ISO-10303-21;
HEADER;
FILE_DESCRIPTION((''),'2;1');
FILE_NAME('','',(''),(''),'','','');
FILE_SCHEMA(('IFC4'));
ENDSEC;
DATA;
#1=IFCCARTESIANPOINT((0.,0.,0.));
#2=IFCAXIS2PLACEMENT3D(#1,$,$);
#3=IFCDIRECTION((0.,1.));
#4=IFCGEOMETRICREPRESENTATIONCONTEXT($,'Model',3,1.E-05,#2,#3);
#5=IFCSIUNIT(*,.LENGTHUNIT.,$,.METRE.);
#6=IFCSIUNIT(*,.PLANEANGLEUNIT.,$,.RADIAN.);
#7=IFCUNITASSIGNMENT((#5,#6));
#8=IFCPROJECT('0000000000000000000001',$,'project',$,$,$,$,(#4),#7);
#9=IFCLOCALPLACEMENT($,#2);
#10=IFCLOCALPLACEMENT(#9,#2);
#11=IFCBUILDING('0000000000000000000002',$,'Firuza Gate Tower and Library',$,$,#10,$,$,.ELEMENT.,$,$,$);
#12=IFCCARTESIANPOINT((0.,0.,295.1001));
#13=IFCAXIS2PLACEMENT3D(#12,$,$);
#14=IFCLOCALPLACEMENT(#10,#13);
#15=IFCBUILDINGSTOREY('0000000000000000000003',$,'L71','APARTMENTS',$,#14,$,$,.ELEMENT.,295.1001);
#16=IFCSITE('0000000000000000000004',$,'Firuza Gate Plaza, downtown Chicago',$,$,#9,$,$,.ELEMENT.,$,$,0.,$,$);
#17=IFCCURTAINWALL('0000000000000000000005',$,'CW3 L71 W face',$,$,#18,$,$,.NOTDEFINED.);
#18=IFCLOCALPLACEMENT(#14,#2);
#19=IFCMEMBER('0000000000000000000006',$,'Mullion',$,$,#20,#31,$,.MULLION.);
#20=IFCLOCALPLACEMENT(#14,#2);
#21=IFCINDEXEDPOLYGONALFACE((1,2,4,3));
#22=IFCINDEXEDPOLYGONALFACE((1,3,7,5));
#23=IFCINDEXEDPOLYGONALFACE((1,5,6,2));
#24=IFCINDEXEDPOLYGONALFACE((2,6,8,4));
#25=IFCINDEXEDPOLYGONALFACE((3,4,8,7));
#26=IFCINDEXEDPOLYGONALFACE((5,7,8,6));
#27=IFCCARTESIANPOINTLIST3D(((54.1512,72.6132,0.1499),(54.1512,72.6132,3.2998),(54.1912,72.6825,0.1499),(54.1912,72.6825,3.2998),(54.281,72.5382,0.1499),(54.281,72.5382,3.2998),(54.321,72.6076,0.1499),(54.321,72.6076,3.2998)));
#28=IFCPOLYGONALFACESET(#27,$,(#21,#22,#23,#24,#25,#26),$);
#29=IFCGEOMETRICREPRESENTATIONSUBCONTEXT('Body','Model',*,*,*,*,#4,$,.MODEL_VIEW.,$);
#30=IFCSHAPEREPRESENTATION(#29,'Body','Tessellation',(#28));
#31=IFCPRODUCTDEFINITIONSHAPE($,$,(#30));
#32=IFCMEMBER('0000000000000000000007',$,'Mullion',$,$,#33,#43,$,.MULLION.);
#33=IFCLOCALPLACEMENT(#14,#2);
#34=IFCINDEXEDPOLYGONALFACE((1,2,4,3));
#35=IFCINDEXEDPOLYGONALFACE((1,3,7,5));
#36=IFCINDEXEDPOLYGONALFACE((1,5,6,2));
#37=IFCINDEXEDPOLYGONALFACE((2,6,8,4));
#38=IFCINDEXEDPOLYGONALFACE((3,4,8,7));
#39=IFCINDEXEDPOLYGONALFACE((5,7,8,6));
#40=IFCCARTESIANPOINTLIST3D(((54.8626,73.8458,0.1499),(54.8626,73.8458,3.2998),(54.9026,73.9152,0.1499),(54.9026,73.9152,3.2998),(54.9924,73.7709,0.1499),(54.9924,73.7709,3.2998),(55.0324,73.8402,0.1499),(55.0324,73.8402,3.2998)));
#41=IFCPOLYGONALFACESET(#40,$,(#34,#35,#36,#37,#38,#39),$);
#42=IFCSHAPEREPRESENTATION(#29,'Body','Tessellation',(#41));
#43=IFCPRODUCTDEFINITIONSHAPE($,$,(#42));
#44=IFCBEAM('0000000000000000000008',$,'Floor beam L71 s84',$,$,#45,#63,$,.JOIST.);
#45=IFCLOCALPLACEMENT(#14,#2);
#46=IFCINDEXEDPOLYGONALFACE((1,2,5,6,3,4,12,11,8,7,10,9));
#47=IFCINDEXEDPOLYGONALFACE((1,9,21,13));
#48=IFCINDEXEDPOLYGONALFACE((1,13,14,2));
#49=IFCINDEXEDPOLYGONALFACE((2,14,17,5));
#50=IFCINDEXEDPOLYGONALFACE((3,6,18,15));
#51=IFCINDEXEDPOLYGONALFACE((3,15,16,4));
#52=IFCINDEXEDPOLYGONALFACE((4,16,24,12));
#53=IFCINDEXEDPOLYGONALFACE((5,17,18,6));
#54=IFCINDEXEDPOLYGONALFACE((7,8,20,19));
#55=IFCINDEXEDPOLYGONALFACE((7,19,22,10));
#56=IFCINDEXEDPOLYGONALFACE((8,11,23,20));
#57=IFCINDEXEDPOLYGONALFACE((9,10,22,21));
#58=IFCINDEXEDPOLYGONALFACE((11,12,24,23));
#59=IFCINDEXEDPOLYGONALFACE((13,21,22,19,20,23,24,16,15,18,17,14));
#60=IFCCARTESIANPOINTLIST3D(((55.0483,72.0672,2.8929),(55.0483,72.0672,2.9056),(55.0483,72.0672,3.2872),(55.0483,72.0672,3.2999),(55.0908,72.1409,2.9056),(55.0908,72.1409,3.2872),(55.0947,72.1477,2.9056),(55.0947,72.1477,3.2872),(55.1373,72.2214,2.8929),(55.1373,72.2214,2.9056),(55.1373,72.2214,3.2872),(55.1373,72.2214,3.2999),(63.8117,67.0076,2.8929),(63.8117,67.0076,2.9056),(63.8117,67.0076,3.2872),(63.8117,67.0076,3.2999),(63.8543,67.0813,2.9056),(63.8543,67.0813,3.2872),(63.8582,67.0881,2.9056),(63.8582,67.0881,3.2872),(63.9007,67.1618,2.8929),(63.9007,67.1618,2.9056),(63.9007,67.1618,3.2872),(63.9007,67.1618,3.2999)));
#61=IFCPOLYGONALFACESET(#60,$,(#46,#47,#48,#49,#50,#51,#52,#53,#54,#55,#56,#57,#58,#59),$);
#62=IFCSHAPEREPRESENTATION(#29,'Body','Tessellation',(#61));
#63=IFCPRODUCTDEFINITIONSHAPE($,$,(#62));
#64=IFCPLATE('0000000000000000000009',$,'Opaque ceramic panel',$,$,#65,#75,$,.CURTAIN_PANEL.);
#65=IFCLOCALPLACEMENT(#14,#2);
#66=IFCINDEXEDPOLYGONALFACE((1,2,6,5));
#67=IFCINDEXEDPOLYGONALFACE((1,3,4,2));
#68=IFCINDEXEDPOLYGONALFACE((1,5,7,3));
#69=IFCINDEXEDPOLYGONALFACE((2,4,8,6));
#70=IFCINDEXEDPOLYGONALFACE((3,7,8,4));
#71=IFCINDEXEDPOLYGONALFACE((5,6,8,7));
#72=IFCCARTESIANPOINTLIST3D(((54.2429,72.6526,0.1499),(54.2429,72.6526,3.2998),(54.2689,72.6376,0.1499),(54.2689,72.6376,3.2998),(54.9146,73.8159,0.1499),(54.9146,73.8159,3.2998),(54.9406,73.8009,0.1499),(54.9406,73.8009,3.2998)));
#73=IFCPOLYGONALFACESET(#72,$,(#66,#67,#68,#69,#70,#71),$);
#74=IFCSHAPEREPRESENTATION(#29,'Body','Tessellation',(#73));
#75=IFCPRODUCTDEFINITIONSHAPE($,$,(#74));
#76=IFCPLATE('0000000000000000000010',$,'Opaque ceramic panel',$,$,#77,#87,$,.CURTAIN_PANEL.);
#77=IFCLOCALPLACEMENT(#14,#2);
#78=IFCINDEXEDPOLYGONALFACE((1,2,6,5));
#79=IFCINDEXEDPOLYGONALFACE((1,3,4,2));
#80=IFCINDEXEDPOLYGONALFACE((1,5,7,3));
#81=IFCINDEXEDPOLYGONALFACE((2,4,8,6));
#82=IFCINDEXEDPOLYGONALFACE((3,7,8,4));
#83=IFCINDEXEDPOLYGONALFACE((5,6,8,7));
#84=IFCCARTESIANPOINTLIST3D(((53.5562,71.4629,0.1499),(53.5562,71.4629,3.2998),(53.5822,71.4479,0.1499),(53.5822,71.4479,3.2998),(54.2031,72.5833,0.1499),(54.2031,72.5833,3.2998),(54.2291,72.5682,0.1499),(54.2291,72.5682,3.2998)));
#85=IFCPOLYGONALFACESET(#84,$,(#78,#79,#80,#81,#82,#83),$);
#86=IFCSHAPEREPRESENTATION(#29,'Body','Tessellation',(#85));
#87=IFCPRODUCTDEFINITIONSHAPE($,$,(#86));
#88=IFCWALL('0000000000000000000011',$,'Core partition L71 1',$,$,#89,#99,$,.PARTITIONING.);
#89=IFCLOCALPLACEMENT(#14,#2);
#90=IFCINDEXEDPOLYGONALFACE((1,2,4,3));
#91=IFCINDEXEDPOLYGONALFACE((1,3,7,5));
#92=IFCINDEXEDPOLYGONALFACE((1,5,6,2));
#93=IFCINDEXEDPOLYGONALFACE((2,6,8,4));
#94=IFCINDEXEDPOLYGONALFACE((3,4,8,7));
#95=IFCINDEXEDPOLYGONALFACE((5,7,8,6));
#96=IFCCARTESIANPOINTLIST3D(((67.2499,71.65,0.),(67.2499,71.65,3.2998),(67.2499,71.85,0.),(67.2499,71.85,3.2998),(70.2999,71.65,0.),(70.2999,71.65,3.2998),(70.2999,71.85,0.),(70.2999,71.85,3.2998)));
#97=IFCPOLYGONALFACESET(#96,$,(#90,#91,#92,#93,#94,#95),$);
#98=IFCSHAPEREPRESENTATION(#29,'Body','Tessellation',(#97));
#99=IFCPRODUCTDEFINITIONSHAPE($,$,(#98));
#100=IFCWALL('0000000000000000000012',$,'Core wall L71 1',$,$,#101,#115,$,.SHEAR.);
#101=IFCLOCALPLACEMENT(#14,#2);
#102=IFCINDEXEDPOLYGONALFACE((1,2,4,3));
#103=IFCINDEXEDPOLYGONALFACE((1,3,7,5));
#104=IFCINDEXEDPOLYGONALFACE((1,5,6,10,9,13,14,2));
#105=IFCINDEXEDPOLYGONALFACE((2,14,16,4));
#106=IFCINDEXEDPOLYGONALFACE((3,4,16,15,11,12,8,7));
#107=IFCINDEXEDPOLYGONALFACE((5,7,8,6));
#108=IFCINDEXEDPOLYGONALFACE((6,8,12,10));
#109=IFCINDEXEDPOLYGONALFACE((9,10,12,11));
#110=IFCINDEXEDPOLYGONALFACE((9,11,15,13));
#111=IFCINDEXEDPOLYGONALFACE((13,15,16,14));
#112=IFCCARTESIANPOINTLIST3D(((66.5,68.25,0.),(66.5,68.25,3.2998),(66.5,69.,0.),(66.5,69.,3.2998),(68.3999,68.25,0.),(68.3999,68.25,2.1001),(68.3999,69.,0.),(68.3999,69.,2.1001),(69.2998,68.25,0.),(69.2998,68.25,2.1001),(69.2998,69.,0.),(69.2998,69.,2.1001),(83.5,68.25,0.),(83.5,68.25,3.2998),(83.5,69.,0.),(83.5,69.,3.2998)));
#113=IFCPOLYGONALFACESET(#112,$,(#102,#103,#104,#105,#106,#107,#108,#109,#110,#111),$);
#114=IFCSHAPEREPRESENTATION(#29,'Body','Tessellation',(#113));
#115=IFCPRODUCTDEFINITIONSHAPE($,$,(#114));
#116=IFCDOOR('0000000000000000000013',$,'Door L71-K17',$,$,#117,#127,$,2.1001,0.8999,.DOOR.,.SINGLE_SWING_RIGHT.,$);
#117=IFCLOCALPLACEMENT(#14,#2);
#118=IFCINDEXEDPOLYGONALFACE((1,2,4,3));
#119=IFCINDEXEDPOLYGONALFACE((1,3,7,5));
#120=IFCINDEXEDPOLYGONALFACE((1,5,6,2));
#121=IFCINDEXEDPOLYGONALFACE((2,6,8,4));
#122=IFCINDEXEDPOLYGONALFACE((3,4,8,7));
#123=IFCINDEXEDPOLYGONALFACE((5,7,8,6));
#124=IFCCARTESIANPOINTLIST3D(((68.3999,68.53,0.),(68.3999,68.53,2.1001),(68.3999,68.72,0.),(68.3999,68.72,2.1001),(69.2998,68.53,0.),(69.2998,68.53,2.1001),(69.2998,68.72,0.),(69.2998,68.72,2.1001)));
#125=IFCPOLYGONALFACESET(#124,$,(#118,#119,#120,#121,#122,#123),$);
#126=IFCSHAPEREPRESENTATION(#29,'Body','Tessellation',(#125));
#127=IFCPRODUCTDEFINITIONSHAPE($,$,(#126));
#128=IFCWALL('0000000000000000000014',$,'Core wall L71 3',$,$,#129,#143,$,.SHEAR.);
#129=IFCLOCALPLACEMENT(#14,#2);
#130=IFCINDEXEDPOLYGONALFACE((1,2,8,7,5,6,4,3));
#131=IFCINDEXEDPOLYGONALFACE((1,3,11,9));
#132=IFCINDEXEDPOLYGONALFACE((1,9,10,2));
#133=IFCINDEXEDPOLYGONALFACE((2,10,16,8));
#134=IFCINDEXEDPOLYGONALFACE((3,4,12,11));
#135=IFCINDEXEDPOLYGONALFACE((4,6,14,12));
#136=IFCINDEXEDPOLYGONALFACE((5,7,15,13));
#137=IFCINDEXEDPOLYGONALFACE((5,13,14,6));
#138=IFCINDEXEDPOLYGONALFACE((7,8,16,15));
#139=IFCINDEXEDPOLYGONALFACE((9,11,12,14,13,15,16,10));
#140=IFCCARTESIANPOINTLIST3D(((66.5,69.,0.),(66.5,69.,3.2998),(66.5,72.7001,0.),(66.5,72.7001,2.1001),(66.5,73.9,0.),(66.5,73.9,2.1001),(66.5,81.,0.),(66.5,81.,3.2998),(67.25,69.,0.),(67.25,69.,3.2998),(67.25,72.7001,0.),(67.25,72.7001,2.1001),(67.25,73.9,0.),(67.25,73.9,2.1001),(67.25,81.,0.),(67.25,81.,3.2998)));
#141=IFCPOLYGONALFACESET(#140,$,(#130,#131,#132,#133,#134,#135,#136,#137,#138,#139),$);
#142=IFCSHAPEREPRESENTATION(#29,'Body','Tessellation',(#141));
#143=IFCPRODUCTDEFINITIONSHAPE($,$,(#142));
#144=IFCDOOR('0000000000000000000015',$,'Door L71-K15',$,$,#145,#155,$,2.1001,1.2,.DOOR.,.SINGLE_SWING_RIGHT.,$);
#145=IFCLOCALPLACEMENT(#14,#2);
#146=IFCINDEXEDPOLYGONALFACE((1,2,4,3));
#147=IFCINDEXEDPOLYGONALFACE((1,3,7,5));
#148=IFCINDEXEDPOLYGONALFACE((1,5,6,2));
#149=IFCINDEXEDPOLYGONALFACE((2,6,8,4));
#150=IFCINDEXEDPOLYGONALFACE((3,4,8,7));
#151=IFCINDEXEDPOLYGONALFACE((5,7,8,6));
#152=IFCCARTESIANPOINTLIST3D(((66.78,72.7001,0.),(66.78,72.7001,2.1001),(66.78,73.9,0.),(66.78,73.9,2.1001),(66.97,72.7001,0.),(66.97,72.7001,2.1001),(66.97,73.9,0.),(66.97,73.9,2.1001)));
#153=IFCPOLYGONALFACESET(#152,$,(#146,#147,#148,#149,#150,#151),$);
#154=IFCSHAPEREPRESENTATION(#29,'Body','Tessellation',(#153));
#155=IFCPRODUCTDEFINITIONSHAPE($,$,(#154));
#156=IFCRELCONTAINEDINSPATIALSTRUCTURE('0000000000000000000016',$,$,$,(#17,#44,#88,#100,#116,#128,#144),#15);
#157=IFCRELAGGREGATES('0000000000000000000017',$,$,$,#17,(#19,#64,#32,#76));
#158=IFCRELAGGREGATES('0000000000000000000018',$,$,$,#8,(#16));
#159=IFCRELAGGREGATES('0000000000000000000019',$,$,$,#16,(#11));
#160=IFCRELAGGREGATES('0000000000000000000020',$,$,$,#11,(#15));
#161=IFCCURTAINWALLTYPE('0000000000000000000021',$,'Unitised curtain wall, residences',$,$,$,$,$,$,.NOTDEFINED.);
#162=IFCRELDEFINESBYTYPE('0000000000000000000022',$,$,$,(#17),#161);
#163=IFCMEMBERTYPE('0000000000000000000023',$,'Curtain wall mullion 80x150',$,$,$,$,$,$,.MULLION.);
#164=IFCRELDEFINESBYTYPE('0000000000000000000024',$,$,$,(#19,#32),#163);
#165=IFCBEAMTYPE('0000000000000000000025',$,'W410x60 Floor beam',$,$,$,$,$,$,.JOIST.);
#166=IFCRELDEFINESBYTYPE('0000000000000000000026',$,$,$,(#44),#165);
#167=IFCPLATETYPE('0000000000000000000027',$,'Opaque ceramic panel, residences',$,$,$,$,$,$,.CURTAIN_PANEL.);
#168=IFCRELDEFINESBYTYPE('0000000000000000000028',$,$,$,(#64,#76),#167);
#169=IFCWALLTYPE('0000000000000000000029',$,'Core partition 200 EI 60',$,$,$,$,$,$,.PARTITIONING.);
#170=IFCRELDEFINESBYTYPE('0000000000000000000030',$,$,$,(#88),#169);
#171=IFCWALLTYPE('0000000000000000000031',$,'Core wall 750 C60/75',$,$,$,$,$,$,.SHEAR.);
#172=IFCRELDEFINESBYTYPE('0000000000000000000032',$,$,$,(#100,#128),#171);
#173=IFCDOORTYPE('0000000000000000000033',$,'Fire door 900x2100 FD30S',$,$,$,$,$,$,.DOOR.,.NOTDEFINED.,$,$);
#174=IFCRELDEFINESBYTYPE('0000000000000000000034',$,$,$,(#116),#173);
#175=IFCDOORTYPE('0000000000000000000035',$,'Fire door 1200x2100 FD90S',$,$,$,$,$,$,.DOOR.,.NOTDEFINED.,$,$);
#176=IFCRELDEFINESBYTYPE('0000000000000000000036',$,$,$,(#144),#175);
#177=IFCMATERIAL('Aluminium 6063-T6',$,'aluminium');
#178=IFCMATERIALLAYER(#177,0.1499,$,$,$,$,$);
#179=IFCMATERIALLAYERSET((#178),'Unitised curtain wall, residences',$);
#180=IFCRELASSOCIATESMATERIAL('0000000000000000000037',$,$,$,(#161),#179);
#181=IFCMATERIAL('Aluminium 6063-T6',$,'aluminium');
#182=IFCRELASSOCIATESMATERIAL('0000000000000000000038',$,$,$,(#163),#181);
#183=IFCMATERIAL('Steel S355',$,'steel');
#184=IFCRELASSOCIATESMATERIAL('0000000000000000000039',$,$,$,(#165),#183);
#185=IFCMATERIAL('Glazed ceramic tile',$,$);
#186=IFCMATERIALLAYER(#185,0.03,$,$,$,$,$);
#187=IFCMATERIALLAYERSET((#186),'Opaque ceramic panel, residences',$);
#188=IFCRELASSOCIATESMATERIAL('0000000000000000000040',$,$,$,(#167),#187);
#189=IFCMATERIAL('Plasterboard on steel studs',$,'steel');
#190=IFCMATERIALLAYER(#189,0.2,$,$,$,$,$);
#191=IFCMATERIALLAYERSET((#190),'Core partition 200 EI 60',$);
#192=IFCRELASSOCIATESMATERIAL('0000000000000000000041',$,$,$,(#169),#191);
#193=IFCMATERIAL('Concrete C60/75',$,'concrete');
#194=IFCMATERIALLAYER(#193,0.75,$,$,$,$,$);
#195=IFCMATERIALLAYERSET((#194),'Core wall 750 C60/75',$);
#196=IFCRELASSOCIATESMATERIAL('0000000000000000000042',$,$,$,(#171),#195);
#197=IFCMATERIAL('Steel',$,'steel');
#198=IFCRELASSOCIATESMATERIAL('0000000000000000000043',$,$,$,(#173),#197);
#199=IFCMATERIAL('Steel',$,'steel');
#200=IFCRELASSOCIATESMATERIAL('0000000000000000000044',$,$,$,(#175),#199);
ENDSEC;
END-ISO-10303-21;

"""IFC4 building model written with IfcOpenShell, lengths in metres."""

from ifc_helpers import new_model, si_unit, direction, frame, frame_2d, origin, origin_2d, place, context, subcontext, project, spatial, polyline, rectangle, i_section, outline, extrude, material, layer, layer_set, material_profile, profile_set, type_object, element, fill, aggregate, save


model = new_model("IFC4")

# Units and contexts
model_context = context("Model", 3, precision=1e-05, world=origin(), true_north=direction((0.0, 1.0)))
body_context = subcontext(model_context, "Body", "Model", "MODEL_VIEW")
ifc_project = project(units=[si_unit("LENGTHUNIT", "METRE"), si_unit("PLANEANGLEUNIT", "RADIAN")], contexts=[model_context])

# Site, building, storey
site_placement = place(None, origin())
site = spatial("IfcSite", under=ifc_project, at=site_placement, Name="Firuza Gate Plaza, downtown Chicago", CompositionType="ELEMENT", RefElevation=0.0)
building_placement = place(site_placement, origin())
building = spatial("IfcBuilding", under=site, at=building_placement, Name="Firuza Gate Tower and Library", CompositionType="ELEMENT")
storey_placement = place(building_placement, frame((0.0, 0.0, 295.1001)))
storey = spatial("IfcBuildingStorey", under=building, at=storey_placement, Name="L71", Description="APARTMENTS", CompositionType="ELEMENT", Elevation=295.1001)

# Curtain wall, members
ifc_material_1 = material(Name="Aluminium 6063-T6", Category="aluminium")
ifc_layer_1 = layer(ifc_material_1, 0.1499)
ifc_layer_set_1 = layer_set([ifc_layer_1], Name="Unitised curtain wall, residences")
curtain_wall_type = type_object("IfcCurtainWallType", Name="Unitised curtain wall, residences", PredefinedType="NOTDEFINED", material=ifc_layer_set_1)
curtain_wall_placement = place(storey_placement, origin())
curtain_wall = element("IfcCurtainWall", 1, at=curtain_wall_placement, inside=storey, type_object=curtain_wall_type, Name="CW3 L71 W face", PredefinedType="NOTDEFINED")
ifc_material_2 = material(Name="Aluminium 6063-T6", Category="aluminium")
ifc_material_profile_1 = material_profile(ifc_material_2, rectangle(XDim=0.1499, YDim=0.0801, at=origin_2d()))
ifc_profile_set_1 = profile_set([ifc_material_profile_1], Name="Aluminium 6063-T6")
member_type = type_object("IfcMemberType", Name="Curtain wall mullion 80x150", PredefinedType="MULLION", material=ifc_profile_set_1)
member_1_placement = place(storey_placement, frame((54.2361, 72.6104, 0.1499), z_axis=(0.0, 0.0, 1.0), x_axis=(0.866025, -0.5, 0.0)))
member_1 = element("IfcMember", 2, at=member_1_placement, type_object=member_type, Name="Mullion", PredefinedType="MULLION", context=body_context, shape_type="SweptSolid", body=[
    extrude(rectangle(XDim=0.1499, YDim=0.0801, at=origin_2d()), origin(), (0.0, 0.0, 1.0), 3.1499),
])
member_2_placement = place(storey_placement, frame((54.9475, 73.843, 0.1499), z_axis=(0.0, 0.0, 1.0), x_axis=(0.866025, -0.5, 0.0)))
member_2 = element("IfcMember", 3, at=member_2_placement, type_object=member_type, Name="Mullion", PredefinedType="MULLION", context=body_context, shape_type="SweptSolid", body=[
    extrude(rectangle(XDim=0.1499, YDim=0.0801, at=origin_2d()), origin(), (0.0, 0.0, 1.0), 3.1499),
])

# Beam
ifc_material_3 = material(Name="Steel S355", Category="steel")
ifc_material_profile_2 = material_profile(ifc_material_3, i_section(OverallWidth=0.178, OverallDepth=0.407, WebThickness=0.0078, FlangeThickness=0.0127, at=origin_2d()))
ifc_profile_set_2 = profile_set([ifc_material_profile_2], Name="Steel S355")
beam_type = type_object("IfcBeamType", Name="W410x60 Floor beam", PredefinedType="JOIST", material=ifc_profile_set_2)
beam_placement = place(storey_placement, frame((55.0928, 72.1443, 3.0964), z_axis=(0.866025, -0.5, 0.0), x_axis=(0.5, 0.866025, 0.0)))
element("IfcBeam", 4, at=beam_placement, inside=storey, type_object=beam_type, Name="Floor beam L71 s84", PredefinedType="JOIST", context=body_context, shape_type="SweptSolid", body=[
    extrude(i_section(OverallWidth=0.178, OverallDepth=0.407, WebThickness=0.0078, FlangeThickness=0.0127, at=origin_2d()), origin(), (0.0, 0.0, 1.0), 10.1191),
])

# Plates
ifc_material_4 = material(Name="Glazed ceramic tile")
ifc_layer_2 = layer(ifc_material_4, 0.03)
ifc_layer_set_2 = layer_set([ifc_layer_2], Name="Opaque ceramic panel, residences")
plate_type = type_object("IfcPlateType", Name="Opaque ceramic panel, residences", PredefinedType="CURTAIN_PANEL", material=ifc_layer_set_2)
plate_1_placement = place(storey_placement, frame((54.9146, 73.8159, 0.1499), z_axis=(-0.866031, 0.49999, 0.0), x_axis=(-0.49999, -0.866031, 0.0)))
plate_1 = element("IfcPlate", 5, at=plate_1_placement, type_object=plate_type, Name="Opaque ceramic panel", PredefinedType="CURTAIN_PANEL", context=body_context, shape_type="SweptSolid", body=[
    extrude(outline(polyline([(0.0, 0.0), (1.3433, 0.0), (1.3433, 3.1499), (0.0, 3.1499), (0.0, 0.0)])), origin(), (0.0, 0.0, -1.0), 0.03),
])
plate_2_placement = place(storey_placement, frame((54.2031, 72.5833, 0.1499), z_axis=(-0.865981, 0.500076, 0.0), x_axis=(-0.500076, -0.865981, 0.0)))
plate_2 = element("IfcPlate", 6, at=plate_2_placement, type_object=plate_type, Name="Opaque ceramic panel", PredefinedType="CURTAIN_PANEL", context=body_context, shape_type="SweptSolid", body=[
    extrude(outline(polyline([(0.0, 0.0), (1.2937, 0.0), (1.2937, 3.1499), (0.0, 3.1499), (0.0, 0.0)])), origin(), (0.0, 0.0, -1.0), 0.03),
])
aggregate(curtain_wall, [member_1, plate_1, member_2, plate_2])

# Wall
ifc_material_5 = material(Name="Plasterboard on steel studs", Category="steel")
ifc_layer_3 = layer(ifc_material_5, 0.2)
ifc_layer_set_3 = layer_set([ifc_layer_3], Name="Core partition 200 EI 60")
wall_type_1 = type_object("IfcWallType", Name="Core partition 200 EI 60", PredefinedType="PARTITIONING", material=ifc_layer_set_3)
wall_1_placement = place(storey_placement, frame((67.25, 71.75, 0.0), z_axis=(0.0, 0.0, 1.0), x_axis=(1.0, 0.0, 0.0)))
element("IfcWall", 7, at=wall_1_placement, inside=storey, type_object=wall_type_1, Name="Core partition L71 1", PredefinedType="PARTITIONING", context=body_context, shape_type="SweptSolid", body=[
    extrude(rectangle(XDim=3.05, YDim=0.2, at=frame_2d((1.5249, 0.0))), origin(), (0.0, 0.0, 1.0), 3.2998),
])

# Walls, openings, doors
ifc_material_6 = material(Name="Concrete C60/75", Category="concrete")
ifc_layer_4 = layer(ifc_material_6, 0.75)
ifc_layer_set_4 = layer_set([ifc_layer_4], Name="Core wall 750 C60/75")
wall_type_2 = type_object("IfcWallType", Name="Core wall 750 C60/75", PredefinedType="SHEAR", material=ifc_layer_set_4)
wall_2_placement = place(storey_placement, frame((66.5, 68.625, 0.0), z_axis=(0.0, 0.0, 1.0), x_axis=(1.0, 0.0, 0.0)))
wall_2 = element("IfcWall", 8, at=wall_2_placement, inside=storey, type_object=wall_type_2, Name="Core wall L71 1", PredefinedType="SHEAR", context=body_context, shape_type="SweptSolid", body=[
    extrude(rectangle(XDim=17.0, YDim=0.75, at=frame_2d((8.5, 0.0))), origin(), (0.0, 0.0, 1.0), 3.2998),
])
opening_1_placement = place(wall_2_placement, frame((1.8999, 0.0, 0.0)))
opening_1 = element("IfcOpeningElement", 9, at=opening_1_placement, cuts=wall_2, PredefinedType="OPENING", context=body_context, shape_type="SweptSolid", body=[
    extrude(rectangle(XDim=0.8999, YDim=2.1001, at=frame_2d((0.45, 1.05))), frame((0.0, 0.385, 0.0), z_axis=(0.0, -1.0, 0.0), x_axis=(1.0, 0.0, 0.0)), (0.0, 0.0, 1.0), 0.77),
])
ifc_material_7 = material(Name="Steel", Category="steel")
door_type_1 = type_object("IfcDoorType", Name="Fire door 900x2100 FD30S", OperationType="NOTDEFINED", PredefinedType="DOOR", material=ifc_material_7)
door_1_placement = place(opening_1_placement, origin())
door_1 = element("IfcDoor", 10, at=door_1_placement, inside=storey, type_object=door_type_1, Name="Door L71-K17", OperationType="SINGLE_SWING_RIGHT", OverallHeight=2.1001, OverallWidth=0.8999, PredefinedType="DOOR", context=body_context, shape_type="SweptSolid", body=[
    extrude(rectangle(XDim=0.8999, YDim=2.1001, at=frame_2d((0.45, 1.05))), frame((0.0, 0.095, 0.0), z_axis=(0.0, -1.0, 0.0), x_axis=(1.0, 0.0, 0.0)), (0.0, 0.0, 1.0), 0.1899),
])
fill(opening_1, door_1)
wall_3_placement = place(storey_placement, frame((66.875, 69.0, 0.0), z_axis=(0.0, 0.0, 1.0), x_axis=(0.0, 1.0, 0.0)))
wall_3 = element("IfcWall", 11, at=wall_3_placement, inside=storey, type_object=wall_type_2, Name="Core wall L71 3", PredefinedType="SHEAR", context=body_context, shape_type="SweptSolid", body=[
    extrude(rectangle(XDim=12.0, YDim=0.75, at=frame_2d((6.0, 0.0))), origin(), (0.0, 0.0, 1.0), 3.2998),
])
opening_2_placement = place(wall_3_placement, frame((3.7, 0.0, 0.0)))
opening_2 = element("IfcOpeningElement", 12, at=opening_2_placement, cuts=wall_3, PredefinedType="OPENING", context=body_context, shape_type="SweptSolid", body=[
    extrude(rectangle(XDim=1.2, YDim=2.1001, at=frame_2d((0.6001, 1.05))), frame((0.0, 0.385, 0.0), z_axis=(0.0, -1.0, 0.0), x_axis=(1.0, 0.0, 0.0)), (0.0, 0.0, 1.0), 0.77),
])
ifc_material_8 = material(Name="Steel", Category="steel")
door_type_2 = type_object("IfcDoorType", Name="Fire door 1200x2100 FD90S", OperationType="NOTDEFINED", PredefinedType="DOOR", material=ifc_material_8)
door_2_placement = place(opening_2_placement, origin())
door_2 = element("IfcDoor", 13, at=door_2_placement, inside=storey, type_object=door_type_2, Name="Door L71-K15", OperationType="SINGLE_SWING_RIGHT", OverallHeight=2.1001, OverallWidth=1.2, PredefinedType="DOOR", context=body_context, shape_type="SweptSolid", body=[
    extrude(rectangle(XDim=1.2, YDim=2.1001, at=frame_2d((0.6001, 1.05))), frame((0.0, 0.095, 0.0), z_axis=(0.0, -1.0, 0.0), x_axis=(1.0, 0.0, 0.0)), (0.0, 0.0, 1.0), 0.1899),
])
fill(opening_2, door_2)

save(model, "model.ifc")
